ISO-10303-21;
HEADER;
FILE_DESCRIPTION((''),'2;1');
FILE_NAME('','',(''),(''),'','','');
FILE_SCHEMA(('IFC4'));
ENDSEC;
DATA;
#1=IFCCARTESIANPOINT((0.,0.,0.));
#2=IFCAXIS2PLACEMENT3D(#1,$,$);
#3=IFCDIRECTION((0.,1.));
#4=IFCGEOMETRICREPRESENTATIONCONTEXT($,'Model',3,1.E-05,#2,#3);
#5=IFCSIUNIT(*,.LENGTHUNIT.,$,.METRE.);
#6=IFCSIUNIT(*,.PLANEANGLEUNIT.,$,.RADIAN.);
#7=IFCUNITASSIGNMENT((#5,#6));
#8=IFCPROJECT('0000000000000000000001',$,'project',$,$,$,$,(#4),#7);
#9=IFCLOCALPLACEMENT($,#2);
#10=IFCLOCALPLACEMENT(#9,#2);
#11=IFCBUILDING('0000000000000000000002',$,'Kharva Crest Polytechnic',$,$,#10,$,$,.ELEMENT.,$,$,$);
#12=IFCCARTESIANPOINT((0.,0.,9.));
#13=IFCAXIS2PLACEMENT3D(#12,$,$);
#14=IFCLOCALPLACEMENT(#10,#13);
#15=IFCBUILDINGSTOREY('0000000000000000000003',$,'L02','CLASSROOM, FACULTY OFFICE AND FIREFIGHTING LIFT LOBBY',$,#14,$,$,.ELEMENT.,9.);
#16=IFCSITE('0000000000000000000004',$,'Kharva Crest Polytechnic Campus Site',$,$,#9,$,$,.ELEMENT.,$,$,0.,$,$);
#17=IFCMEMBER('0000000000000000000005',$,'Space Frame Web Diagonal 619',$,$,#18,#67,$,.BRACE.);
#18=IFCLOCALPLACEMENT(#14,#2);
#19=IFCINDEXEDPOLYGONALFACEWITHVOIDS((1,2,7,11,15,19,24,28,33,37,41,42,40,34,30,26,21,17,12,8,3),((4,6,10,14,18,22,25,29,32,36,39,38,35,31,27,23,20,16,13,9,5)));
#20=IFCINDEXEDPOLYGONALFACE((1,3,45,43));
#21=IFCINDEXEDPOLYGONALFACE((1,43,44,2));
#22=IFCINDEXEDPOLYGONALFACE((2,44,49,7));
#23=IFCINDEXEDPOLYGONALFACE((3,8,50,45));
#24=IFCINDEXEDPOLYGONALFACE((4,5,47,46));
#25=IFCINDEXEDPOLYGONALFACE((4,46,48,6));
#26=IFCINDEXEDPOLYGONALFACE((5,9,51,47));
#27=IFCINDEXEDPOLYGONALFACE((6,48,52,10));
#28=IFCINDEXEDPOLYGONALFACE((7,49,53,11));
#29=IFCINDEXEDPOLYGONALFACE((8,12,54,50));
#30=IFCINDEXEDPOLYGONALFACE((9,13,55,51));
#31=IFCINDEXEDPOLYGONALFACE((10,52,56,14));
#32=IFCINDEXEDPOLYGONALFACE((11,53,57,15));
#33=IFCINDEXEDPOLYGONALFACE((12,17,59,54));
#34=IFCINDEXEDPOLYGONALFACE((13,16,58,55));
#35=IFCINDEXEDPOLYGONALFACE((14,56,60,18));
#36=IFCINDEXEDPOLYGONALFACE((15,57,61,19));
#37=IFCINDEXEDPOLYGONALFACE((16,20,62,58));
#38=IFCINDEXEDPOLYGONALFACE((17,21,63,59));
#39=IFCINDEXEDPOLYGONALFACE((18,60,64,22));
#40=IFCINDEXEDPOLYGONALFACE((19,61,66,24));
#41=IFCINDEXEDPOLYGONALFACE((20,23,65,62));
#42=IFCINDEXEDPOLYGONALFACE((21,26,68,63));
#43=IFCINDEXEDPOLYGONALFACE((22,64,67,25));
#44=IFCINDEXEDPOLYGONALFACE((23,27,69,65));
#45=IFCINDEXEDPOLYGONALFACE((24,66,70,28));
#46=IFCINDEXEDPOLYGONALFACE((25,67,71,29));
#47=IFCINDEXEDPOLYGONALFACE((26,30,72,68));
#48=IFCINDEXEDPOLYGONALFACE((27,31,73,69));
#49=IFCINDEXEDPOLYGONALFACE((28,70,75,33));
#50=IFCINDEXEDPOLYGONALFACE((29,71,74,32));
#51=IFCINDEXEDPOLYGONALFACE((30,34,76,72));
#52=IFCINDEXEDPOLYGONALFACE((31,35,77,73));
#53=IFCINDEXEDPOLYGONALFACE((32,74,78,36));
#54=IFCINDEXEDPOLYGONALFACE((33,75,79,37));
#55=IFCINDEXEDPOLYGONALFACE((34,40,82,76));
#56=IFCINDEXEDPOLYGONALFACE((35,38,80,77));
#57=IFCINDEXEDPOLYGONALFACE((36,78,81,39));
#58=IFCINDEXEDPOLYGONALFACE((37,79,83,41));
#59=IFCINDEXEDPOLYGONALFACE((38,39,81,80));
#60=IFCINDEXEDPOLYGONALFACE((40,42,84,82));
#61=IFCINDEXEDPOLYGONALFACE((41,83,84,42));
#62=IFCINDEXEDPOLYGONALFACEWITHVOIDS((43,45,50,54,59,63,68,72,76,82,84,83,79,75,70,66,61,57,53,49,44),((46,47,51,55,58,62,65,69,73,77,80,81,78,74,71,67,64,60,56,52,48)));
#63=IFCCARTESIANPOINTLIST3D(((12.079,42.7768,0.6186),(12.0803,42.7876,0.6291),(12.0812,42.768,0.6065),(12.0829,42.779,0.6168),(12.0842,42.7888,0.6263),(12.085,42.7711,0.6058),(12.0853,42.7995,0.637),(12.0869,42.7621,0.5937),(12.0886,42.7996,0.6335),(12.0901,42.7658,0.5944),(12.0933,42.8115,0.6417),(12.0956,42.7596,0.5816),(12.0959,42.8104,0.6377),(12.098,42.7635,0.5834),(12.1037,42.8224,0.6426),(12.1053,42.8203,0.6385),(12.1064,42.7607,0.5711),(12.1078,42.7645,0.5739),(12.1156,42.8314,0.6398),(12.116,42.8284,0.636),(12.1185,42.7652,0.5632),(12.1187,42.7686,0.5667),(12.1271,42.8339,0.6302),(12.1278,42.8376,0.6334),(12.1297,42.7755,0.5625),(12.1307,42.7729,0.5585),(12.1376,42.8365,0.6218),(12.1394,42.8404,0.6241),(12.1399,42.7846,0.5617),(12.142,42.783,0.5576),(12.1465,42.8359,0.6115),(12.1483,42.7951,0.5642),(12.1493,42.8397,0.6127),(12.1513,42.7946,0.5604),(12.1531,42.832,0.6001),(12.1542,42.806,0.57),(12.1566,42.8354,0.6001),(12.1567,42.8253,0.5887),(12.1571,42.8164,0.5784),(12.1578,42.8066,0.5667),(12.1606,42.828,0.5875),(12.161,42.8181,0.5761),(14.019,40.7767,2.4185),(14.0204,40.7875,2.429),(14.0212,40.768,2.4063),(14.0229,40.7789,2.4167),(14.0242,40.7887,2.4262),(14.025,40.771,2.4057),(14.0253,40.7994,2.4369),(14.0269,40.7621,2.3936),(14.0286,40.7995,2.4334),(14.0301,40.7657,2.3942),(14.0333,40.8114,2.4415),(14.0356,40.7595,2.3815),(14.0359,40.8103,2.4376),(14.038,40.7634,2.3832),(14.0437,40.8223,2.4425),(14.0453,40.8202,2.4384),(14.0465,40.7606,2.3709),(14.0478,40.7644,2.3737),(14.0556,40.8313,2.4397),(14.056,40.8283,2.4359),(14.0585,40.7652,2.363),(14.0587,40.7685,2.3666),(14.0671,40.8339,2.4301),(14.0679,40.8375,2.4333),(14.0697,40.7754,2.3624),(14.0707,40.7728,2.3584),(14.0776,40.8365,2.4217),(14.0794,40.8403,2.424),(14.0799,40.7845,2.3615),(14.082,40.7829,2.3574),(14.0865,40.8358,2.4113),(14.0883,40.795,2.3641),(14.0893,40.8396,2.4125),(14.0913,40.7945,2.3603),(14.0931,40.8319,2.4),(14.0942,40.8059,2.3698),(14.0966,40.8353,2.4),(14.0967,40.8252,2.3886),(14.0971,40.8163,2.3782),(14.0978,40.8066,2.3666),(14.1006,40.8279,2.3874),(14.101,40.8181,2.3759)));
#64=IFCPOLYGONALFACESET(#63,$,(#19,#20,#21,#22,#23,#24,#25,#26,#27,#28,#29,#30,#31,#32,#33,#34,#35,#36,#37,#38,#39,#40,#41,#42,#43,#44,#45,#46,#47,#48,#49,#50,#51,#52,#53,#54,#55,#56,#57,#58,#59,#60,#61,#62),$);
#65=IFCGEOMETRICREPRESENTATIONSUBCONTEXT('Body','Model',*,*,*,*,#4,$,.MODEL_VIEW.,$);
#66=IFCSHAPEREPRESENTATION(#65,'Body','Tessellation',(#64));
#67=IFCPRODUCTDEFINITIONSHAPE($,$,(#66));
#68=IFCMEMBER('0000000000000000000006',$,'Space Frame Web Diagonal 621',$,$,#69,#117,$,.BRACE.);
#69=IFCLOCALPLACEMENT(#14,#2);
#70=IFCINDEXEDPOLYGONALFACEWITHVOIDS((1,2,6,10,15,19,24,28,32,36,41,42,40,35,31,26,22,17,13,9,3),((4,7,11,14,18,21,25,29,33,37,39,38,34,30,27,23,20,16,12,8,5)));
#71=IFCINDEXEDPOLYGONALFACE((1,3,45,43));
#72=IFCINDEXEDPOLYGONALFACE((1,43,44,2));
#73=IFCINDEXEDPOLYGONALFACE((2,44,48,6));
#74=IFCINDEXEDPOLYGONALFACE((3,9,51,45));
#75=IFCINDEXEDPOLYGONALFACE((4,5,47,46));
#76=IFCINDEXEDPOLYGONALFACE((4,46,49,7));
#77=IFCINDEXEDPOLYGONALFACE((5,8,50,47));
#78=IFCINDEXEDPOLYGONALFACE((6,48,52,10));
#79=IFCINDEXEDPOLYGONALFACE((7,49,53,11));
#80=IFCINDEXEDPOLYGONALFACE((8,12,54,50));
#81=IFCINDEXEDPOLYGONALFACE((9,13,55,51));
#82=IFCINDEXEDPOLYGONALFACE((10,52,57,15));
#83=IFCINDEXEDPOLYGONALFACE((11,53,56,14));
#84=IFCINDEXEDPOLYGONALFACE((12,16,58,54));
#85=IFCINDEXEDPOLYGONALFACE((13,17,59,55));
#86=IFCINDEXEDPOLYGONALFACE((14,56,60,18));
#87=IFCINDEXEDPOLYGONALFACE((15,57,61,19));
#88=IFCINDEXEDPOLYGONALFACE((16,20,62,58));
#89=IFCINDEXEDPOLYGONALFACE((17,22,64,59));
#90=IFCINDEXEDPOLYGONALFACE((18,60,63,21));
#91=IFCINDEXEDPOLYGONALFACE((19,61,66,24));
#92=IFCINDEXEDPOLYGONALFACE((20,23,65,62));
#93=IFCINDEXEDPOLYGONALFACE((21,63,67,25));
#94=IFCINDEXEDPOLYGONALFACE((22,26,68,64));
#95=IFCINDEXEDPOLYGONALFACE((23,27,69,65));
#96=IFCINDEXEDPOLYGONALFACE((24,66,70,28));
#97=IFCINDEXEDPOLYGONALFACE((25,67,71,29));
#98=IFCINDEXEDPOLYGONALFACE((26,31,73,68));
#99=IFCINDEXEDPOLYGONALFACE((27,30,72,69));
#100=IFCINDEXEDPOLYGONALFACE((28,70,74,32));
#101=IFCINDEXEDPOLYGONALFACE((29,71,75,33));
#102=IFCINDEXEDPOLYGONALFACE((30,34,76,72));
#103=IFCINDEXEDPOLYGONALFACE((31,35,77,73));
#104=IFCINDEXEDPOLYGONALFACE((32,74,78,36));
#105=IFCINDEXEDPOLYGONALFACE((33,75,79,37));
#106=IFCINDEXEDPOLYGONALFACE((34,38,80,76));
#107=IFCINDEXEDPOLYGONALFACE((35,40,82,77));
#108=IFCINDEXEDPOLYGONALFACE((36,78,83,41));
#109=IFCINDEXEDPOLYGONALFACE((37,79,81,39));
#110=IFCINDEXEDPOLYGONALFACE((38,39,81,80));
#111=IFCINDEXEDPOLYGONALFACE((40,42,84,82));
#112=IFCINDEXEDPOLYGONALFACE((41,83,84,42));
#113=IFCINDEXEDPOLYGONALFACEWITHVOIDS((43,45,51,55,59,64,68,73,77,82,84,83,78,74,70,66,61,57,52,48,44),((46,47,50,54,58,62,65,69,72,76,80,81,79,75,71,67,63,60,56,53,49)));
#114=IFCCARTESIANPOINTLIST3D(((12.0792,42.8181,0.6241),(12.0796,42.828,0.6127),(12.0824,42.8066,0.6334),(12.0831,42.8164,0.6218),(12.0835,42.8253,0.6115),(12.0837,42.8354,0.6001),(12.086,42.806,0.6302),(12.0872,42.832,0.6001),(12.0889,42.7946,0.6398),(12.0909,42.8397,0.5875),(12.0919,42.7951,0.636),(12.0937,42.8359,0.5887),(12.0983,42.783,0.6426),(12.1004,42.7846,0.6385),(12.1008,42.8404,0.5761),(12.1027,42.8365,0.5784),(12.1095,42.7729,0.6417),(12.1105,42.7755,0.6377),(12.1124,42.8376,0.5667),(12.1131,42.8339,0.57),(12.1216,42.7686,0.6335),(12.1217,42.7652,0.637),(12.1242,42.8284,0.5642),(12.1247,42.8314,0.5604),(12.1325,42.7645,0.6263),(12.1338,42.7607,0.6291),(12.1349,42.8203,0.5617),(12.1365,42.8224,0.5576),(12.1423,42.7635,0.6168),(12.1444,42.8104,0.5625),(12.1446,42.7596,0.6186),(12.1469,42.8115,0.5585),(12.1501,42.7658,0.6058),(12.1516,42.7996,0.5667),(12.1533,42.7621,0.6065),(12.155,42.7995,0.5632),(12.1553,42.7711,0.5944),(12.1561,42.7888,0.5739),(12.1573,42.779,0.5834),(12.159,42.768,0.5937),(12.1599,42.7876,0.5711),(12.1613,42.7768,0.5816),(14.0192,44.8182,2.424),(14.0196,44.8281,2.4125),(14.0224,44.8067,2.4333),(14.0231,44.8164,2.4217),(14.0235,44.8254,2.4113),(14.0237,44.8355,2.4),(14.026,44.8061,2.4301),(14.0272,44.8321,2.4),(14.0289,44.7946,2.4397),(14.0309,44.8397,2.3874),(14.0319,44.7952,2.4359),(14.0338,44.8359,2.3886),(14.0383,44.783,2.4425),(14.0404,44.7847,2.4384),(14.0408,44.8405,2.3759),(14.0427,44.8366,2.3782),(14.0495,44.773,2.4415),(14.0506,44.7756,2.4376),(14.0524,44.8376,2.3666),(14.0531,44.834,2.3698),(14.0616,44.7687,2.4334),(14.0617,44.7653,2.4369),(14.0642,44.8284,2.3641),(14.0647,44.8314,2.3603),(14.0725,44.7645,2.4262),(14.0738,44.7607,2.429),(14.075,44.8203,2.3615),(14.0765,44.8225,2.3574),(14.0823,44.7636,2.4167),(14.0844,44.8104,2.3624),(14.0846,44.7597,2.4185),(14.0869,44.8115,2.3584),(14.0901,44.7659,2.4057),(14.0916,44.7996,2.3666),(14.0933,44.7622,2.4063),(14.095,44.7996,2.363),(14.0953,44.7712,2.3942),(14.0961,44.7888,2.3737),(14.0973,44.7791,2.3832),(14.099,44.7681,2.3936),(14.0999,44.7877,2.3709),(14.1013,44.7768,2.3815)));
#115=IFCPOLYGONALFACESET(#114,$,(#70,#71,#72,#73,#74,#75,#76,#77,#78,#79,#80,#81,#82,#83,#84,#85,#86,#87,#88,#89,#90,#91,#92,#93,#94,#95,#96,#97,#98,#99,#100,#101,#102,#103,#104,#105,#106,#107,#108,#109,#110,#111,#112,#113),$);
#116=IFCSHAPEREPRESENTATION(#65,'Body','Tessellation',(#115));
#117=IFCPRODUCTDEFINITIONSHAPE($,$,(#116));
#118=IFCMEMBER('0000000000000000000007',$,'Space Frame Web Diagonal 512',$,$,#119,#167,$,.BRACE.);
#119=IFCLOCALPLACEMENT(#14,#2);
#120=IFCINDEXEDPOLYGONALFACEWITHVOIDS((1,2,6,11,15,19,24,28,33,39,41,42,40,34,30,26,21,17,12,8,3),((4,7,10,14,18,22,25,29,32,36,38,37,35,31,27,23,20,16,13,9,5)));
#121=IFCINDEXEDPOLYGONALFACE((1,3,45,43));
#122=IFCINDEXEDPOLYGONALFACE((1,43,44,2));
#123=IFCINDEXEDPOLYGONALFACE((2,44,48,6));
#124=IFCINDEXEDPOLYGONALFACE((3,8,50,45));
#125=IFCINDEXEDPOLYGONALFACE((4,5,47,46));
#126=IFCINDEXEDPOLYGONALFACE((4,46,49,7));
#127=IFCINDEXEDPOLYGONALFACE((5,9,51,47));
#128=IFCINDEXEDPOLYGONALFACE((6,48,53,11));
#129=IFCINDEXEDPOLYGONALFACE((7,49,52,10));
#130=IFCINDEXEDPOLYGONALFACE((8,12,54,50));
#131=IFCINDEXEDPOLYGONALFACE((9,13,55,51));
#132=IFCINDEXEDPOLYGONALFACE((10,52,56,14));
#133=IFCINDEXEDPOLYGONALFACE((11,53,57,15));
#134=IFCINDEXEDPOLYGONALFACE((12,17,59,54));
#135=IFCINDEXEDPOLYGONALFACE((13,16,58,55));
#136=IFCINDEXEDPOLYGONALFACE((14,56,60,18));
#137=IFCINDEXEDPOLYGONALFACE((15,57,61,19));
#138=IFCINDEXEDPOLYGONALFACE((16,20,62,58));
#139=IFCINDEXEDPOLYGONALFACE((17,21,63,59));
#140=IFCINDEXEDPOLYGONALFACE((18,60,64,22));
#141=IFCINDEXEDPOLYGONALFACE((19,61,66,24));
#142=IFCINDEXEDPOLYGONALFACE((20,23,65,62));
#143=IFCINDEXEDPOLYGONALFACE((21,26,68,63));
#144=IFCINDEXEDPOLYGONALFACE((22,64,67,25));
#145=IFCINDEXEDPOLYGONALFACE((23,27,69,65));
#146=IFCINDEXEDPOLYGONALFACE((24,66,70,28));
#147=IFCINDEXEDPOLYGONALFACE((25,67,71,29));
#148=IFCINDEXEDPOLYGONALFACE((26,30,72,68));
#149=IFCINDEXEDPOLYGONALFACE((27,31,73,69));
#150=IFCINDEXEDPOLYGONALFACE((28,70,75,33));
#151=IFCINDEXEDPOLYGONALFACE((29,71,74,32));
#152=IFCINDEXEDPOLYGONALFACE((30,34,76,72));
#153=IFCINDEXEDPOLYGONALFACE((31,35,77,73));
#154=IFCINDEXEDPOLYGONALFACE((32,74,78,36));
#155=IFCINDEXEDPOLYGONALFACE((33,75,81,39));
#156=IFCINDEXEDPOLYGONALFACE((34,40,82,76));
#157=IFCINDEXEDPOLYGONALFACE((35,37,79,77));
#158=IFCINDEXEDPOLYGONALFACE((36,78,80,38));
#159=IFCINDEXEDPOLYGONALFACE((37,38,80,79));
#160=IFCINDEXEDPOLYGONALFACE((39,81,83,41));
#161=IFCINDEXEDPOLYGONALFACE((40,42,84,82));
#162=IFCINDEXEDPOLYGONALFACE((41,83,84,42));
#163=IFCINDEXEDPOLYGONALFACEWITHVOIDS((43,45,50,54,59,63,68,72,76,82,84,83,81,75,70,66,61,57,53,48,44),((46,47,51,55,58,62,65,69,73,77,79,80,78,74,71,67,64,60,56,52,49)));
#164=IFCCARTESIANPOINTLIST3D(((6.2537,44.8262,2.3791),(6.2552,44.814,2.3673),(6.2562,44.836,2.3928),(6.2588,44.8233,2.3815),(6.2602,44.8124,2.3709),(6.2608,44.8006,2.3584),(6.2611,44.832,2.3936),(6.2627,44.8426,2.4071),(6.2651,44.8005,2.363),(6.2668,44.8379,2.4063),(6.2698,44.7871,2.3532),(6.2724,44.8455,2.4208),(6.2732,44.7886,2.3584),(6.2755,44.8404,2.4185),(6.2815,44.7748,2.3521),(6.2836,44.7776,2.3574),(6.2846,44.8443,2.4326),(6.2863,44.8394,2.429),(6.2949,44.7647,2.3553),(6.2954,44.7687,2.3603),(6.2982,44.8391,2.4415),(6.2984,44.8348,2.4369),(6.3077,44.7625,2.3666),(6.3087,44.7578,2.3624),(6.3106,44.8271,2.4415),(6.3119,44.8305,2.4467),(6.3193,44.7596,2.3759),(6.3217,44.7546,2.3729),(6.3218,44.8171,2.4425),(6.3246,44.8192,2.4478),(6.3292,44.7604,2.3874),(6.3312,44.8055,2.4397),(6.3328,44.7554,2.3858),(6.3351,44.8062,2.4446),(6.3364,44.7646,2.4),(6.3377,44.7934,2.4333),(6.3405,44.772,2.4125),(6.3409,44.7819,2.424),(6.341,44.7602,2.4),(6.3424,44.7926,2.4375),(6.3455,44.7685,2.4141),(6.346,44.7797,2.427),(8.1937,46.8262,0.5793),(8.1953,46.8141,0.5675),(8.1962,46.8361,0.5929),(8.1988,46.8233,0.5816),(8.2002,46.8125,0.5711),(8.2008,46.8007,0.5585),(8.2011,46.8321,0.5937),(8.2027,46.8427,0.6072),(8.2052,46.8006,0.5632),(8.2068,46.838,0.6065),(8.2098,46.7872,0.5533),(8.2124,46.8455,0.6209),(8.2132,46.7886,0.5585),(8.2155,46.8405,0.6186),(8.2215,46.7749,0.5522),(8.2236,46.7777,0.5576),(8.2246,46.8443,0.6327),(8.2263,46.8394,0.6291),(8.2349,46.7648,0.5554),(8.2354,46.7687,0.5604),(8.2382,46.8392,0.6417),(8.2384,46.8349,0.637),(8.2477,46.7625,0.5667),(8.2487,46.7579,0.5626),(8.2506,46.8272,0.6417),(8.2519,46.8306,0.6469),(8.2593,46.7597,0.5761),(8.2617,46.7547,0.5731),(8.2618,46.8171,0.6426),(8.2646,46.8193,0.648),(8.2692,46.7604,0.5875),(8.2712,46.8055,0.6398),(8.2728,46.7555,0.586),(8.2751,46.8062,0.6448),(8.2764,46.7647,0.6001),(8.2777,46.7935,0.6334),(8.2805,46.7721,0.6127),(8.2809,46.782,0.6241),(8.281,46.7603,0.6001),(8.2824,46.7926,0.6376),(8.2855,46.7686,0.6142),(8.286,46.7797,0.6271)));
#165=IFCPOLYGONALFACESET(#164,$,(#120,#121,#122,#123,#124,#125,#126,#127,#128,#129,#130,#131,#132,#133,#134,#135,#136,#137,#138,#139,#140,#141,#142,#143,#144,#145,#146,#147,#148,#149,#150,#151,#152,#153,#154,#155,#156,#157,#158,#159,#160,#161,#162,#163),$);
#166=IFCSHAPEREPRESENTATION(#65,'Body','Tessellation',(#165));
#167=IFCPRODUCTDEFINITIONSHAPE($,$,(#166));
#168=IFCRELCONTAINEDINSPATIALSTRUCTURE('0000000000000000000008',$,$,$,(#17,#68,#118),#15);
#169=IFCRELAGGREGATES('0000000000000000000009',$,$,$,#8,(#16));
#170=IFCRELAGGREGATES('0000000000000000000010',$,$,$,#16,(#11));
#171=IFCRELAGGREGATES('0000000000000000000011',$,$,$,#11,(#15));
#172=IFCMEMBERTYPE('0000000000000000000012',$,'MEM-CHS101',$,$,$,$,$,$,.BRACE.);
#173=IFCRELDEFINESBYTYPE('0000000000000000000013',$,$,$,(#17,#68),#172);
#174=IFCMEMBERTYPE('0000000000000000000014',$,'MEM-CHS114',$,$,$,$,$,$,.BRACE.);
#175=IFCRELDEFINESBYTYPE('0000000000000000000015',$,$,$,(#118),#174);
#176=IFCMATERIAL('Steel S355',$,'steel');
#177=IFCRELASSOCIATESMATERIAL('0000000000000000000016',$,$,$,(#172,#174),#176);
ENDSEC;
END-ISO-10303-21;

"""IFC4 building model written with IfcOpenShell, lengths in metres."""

from ifc_helpers import new_model, si_unit, direction, frame, origin, origin_2d, place, context, subcontext, project, spatial, hollow_circle, extrude, material, material_profile, profile_set, type_object, element, save


model = new_model("IFC4")

# Units and contexts
model_context = context("Model", 3, precision=1e-05, world=origin(), true_north=direction((0.0, 1.0)))
body_context = subcontext(model_context, "Body", "Model", "MODEL_VIEW")
ifc_project = project(units=[si_unit("LENGTHUNIT", "METRE"), si_unit("PLANEANGLEUNIT", "RADIAN")], contexts=[model_context])

# Site, building, storey
site_placement = place(None, origin())
site = spatial("IfcSite", under=ifc_project, at=site_placement, Name="Kharva Crest Polytechnic Campus Site", CompositionType="ELEMENT", RefElevation=0.0)
building_placement = place(site_placement, origin())
building = spatial("IfcBuilding", under=site, at=building_placement, Name="Kharva Crest Polytechnic", CompositionType="ELEMENT")
storey_placement = place(building_placement, frame((0.0, 0.0, 9.0)))
storey = spatial("IfcBuildingStorey", under=building, at=storey_placement, Name="L02", Description="CLASSROOM, FACULTY OFFICE AND FIREFIGHTING LIFT LOBBY", CompositionType="ELEMENT", Elevation=9.0)

# Shared definitions
ifc_material_1 = material(Name="Steel S355", Category="steel")

# Members
ifc_material_profile_1 = material_profile(ifc_material_1, hollow_circle(Radius=0.0508, WallThickness=0.0049, at=origin_2d()), Name="CHS 101.6X5.0")
ifc_profile_set_1 = profile_set([ifc_material_profile_1], Name="Steel S355")
member_type_1 = type_object("IfcMemberType", Name="MEM-CHS101", PredefinedType="BRACE", material=ifc_profile_set_1)
for number, where, z_axis, x_axis, name in (
    (1, (12.1201, 42.8, 0.6001), (0.584843, -0.60295, 0.542596), (0.717802, 0.696247, 0.0), "Space Frame Web Diagonal 619"),
    (2, (12.1201, 42.8, 0.6001), (0.584843, 0.60295, 0.542596), (-0.717802, 0.696247, 0.0), "Space Frame Web Diagonal 621"),
):
    element("IfcMember", number, at=place(storey_placement, frame(where, z_axis=z_axis, x_axis=x_axis)), inside=storey, type_object=member_type_1, Name=name, PredefinedType="BRACE", context=body_context, shape_type="SweptSolid", body=[
        extrude(hollow_circle(Radius=0.0508, WallThickness=0.0049, at=origin_2d()), origin(), (0.0, 0.0, 1.0), 3.3171),
    ])
ifc_material_profile_2 = material_profile(ifc_material_1, hollow_circle(Radius=0.0571, WallThickness=0.0063, at=origin_2d()), Name="CHS 114.3X6.3")
ifc_profile_set_2 = profile_set([ifc_material_profile_2], Name="Steel S355")
member_type_2 = type_object("IfcMemberType", Name="MEM-CHS114", PredefinedType="BRACE", material=ifc_profile_set_2)
for number, where, z_axis, x_axis, name in (
    (3, (8.24, 46.8, 0.6001), (-0.584843, -0.60295, 0.542596), (0.717802, -0.696247, 0.0), "Space Frame Web Diagonal 512"),
):
    element("IfcMember", number, at=place(storey_placement, frame(where, z_axis=z_axis, x_axis=x_axis)), inside=storey, type_object=member_type_2, Name=name, PredefinedType="BRACE", context=body_context, shape_type="SweptSolid", body=[
        extrude(hollow_circle(Radius=0.0571, WallThickness=0.0063, at=origin_2d()), origin(), (0.0, 0.0, 1.0), 3.3171),
    ])

save(model, "model.ifc")
